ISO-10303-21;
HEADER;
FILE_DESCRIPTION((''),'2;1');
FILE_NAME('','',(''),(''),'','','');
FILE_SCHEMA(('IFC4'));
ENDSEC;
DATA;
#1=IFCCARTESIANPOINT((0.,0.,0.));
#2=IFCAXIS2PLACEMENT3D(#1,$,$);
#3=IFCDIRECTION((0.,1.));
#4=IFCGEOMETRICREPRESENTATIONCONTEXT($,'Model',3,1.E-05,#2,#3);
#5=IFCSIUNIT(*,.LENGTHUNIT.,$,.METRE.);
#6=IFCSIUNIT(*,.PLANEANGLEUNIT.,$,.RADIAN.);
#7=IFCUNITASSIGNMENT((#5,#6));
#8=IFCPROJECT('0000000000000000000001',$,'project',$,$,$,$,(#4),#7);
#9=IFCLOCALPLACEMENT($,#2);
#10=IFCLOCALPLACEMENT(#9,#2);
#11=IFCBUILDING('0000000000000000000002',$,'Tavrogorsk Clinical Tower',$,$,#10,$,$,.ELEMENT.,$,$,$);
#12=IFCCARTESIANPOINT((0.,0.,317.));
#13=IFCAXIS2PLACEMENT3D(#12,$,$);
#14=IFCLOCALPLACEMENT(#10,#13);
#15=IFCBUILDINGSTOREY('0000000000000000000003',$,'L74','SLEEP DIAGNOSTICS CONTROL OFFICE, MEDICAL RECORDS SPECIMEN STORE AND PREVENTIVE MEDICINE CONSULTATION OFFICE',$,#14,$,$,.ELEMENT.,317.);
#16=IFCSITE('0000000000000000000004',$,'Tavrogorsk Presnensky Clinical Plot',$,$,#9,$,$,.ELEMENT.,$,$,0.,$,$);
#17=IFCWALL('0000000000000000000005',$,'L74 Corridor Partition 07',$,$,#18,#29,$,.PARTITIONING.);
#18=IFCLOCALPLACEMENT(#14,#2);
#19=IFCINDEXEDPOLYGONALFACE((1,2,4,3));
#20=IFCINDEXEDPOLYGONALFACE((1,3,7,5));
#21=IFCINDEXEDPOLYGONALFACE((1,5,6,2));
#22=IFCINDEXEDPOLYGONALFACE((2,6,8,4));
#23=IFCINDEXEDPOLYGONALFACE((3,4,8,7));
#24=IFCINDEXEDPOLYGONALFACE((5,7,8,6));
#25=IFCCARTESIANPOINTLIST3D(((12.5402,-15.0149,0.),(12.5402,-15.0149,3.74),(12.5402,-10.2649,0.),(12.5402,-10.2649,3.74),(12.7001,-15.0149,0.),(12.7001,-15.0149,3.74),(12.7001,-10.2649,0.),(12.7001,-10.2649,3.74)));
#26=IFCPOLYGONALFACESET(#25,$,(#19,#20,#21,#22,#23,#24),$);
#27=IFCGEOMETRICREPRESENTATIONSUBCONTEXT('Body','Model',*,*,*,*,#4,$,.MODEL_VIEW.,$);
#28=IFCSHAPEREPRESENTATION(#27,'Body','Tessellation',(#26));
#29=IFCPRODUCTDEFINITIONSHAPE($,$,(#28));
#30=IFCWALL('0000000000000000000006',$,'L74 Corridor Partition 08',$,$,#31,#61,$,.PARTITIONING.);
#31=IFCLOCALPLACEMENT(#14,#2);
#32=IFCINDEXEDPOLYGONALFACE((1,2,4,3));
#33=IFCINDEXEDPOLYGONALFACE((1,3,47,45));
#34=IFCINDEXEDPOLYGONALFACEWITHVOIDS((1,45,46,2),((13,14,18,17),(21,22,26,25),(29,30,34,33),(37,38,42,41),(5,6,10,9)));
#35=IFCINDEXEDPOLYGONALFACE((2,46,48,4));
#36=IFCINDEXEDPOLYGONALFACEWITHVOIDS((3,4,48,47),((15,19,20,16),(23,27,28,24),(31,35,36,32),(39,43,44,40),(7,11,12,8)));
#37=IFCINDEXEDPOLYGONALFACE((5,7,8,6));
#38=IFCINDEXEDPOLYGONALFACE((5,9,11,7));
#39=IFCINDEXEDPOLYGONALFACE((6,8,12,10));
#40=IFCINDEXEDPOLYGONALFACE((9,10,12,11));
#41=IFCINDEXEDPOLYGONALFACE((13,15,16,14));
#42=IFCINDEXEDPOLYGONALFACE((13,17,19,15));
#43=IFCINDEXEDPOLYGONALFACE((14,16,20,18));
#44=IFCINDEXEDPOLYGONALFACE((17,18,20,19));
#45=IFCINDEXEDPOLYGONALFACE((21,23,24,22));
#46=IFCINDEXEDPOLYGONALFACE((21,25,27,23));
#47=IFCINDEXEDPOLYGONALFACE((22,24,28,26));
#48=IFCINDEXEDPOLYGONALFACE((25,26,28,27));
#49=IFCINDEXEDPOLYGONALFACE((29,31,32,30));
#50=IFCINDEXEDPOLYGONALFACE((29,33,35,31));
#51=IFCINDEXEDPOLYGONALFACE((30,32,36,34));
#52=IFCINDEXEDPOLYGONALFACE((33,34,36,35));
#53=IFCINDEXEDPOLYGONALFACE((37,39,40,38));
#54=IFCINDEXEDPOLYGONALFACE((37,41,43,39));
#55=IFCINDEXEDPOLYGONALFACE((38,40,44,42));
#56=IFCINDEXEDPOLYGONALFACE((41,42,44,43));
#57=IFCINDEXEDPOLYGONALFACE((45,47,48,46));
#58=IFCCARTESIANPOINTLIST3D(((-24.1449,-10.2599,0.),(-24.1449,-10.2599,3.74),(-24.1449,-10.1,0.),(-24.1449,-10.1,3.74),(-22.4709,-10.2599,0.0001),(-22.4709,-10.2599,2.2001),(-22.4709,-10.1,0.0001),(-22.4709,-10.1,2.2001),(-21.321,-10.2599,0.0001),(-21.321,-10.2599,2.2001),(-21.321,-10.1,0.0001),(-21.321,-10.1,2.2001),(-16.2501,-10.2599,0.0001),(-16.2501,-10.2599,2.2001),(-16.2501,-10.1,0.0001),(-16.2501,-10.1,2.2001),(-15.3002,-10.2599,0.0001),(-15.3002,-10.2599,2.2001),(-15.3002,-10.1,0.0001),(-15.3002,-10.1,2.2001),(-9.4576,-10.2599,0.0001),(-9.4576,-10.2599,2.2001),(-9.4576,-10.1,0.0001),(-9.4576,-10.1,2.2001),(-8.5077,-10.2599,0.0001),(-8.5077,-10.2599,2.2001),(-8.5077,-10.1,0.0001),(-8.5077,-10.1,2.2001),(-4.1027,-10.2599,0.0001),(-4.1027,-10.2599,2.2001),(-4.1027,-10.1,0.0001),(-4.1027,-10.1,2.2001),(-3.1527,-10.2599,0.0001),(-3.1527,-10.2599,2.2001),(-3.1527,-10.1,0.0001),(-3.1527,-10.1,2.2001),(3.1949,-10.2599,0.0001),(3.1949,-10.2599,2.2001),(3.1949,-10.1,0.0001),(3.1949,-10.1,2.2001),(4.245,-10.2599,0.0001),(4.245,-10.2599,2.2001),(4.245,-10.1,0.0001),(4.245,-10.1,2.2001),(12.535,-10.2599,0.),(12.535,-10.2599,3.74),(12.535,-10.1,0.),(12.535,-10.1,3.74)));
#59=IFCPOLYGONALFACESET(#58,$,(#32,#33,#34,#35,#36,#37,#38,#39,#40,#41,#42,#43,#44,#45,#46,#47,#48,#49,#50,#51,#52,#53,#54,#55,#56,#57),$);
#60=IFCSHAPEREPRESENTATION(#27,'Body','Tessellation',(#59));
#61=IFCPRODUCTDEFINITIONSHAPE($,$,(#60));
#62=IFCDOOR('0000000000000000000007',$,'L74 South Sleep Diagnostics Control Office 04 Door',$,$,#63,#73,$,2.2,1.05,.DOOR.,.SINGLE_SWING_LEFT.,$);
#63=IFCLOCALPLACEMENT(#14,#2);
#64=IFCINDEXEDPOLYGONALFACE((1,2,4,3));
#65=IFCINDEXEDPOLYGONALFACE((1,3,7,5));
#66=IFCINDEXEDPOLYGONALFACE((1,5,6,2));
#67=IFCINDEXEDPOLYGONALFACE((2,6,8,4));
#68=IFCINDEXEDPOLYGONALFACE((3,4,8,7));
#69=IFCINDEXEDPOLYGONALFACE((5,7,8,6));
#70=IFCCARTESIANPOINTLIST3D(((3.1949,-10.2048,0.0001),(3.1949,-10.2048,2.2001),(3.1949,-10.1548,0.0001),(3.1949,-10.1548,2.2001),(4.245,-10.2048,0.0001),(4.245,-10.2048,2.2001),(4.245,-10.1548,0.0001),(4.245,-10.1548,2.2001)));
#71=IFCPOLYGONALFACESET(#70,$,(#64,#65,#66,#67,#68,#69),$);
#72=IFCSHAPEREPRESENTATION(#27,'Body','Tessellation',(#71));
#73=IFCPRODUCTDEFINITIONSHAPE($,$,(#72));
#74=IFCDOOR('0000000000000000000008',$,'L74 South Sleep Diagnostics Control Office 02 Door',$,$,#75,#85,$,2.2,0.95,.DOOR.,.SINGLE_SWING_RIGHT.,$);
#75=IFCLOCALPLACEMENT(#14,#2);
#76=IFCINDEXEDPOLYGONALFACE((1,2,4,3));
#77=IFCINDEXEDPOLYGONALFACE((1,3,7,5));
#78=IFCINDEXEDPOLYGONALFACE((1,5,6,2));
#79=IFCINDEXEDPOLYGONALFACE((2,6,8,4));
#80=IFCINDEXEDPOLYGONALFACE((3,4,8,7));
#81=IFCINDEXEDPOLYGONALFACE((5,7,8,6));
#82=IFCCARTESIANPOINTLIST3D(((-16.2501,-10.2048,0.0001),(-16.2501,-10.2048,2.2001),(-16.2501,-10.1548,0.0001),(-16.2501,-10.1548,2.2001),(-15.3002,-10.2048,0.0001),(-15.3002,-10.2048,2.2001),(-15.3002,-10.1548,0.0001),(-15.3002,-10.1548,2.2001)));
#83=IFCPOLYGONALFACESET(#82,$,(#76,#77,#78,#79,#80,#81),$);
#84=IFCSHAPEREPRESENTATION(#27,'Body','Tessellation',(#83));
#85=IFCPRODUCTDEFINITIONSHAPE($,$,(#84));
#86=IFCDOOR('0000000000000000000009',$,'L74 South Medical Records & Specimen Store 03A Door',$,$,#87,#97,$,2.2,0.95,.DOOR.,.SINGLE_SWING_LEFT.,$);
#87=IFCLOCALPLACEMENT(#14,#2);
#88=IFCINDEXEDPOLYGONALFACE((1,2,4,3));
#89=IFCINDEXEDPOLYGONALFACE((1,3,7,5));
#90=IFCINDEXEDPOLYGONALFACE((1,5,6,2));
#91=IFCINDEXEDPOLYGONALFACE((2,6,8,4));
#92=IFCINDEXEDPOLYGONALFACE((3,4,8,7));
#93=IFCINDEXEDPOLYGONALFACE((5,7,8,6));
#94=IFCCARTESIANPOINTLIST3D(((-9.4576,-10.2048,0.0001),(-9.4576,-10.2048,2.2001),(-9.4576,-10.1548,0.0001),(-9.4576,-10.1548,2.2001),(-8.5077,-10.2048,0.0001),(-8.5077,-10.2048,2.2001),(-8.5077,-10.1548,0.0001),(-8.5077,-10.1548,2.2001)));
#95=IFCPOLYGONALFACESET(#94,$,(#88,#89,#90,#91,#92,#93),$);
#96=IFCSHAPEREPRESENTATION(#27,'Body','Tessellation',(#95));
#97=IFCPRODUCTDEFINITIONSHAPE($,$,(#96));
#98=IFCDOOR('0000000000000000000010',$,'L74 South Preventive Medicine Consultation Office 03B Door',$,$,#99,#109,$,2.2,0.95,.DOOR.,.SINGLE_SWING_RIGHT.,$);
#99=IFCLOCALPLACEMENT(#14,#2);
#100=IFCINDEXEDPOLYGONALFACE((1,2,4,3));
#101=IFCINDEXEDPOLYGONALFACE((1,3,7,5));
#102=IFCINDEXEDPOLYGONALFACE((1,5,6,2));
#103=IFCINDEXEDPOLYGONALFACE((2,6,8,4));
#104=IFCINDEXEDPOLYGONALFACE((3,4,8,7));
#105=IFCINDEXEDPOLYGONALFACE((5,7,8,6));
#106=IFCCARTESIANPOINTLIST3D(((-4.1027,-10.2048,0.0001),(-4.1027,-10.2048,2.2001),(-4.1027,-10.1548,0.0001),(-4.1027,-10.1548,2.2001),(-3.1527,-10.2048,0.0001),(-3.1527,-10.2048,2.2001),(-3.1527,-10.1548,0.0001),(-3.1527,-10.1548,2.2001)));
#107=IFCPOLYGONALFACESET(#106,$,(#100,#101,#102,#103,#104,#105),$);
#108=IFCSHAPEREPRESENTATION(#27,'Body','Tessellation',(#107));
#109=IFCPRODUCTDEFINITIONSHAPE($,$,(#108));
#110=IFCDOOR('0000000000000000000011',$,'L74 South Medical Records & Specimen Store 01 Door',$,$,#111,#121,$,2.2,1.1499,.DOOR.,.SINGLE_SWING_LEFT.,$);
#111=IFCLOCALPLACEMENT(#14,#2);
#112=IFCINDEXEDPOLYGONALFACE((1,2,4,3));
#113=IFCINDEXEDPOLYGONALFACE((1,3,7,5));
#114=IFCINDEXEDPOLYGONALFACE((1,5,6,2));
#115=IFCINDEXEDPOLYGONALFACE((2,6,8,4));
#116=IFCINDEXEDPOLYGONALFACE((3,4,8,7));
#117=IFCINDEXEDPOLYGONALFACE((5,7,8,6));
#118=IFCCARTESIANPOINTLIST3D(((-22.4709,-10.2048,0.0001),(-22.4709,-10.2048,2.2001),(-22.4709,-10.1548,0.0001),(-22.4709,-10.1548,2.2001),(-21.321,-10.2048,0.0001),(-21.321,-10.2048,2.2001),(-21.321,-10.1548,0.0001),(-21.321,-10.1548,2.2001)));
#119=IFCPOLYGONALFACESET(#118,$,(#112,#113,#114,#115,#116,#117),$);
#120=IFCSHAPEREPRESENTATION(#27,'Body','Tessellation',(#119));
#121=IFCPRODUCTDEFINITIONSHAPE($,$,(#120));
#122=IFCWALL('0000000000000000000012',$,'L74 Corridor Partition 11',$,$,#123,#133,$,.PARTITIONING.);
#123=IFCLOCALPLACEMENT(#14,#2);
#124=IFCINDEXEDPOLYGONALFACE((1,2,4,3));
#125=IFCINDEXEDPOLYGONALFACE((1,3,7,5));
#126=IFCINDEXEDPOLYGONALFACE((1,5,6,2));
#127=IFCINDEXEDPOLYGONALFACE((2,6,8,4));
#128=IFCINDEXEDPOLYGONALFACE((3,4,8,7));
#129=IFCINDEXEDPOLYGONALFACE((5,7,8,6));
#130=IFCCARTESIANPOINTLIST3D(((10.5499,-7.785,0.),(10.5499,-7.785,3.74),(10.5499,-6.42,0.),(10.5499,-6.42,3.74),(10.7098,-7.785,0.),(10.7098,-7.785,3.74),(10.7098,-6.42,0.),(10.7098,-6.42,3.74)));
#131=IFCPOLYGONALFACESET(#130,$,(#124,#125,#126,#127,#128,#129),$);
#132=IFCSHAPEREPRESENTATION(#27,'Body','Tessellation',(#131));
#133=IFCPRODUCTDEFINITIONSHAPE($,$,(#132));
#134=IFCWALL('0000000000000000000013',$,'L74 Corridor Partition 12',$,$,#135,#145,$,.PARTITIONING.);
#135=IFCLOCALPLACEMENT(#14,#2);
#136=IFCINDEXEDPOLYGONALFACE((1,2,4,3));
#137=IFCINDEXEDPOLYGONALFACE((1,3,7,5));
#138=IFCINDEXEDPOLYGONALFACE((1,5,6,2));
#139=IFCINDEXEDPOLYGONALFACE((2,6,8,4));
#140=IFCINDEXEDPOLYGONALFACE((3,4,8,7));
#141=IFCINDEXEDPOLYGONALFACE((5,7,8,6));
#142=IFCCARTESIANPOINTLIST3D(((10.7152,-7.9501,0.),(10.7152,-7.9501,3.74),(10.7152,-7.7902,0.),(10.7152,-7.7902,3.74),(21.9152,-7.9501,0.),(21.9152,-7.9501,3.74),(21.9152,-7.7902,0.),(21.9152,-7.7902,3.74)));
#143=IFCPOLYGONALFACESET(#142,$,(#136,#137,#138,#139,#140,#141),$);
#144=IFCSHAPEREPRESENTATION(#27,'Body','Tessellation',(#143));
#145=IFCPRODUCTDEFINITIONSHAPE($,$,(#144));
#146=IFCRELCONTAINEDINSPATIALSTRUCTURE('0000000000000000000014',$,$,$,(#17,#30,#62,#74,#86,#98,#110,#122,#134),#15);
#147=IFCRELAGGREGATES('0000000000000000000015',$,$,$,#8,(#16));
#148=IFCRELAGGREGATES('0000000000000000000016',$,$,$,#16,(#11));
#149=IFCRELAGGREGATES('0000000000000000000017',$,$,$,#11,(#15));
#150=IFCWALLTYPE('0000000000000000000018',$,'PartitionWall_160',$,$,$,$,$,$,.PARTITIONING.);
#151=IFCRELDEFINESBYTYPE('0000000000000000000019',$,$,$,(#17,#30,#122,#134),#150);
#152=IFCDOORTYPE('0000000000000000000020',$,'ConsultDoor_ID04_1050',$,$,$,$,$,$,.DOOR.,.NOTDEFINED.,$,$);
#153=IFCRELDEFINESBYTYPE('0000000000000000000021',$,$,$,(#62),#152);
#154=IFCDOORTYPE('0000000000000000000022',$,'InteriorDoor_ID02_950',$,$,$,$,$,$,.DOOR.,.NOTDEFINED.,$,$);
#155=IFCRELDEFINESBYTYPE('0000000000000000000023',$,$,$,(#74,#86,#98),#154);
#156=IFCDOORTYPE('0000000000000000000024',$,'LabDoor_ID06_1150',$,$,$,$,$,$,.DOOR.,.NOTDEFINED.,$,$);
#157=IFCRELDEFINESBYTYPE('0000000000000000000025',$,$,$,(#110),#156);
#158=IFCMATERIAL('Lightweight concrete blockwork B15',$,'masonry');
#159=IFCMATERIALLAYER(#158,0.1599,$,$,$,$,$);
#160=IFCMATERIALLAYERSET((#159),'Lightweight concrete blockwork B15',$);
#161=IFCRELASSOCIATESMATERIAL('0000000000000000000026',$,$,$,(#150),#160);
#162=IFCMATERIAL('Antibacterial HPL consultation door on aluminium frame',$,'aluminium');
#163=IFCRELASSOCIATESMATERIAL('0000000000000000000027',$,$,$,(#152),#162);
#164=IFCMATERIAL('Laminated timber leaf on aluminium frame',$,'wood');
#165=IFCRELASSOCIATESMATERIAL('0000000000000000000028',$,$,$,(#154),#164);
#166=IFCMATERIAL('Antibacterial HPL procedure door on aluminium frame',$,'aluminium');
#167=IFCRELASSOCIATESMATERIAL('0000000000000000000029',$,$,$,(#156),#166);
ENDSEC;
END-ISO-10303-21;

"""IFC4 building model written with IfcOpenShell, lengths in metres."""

from ifc_helpers import new_model, si_unit, direction, frame, frame_2d, origin, place, context, subcontext, project, spatial, rectangle, extrude, material, layer, layer_set, type_object, element, fill, save


model = new_model("IFC4")

# Units and contexts
model_context = context("Model", 3, precision=1e-05, world=origin(), true_north=direction((0.0, 1.0)))
body_context = subcontext(model_context, "Body", "Model", "MODEL_VIEW")
ifc_project = project(units=[si_unit("LENGTHUNIT", "METRE"), si_unit("PLANEANGLEUNIT", "RADIAN")], contexts=[model_context])

# Site, building, storey
site_placement = place(None, origin())
site = spatial("IfcSite", under=ifc_project, at=site_placement, Name="Tavrogorsk Presnensky Clinical Plot", CompositionType="ELEMENT", RefElevation=0.0)
building_placement = place(site_placement, origin())
building = spatial("IfcBuilding", under=site, at=building_placement, Name="Tavrogorsk Clinical Tower", CompositionType="ELEMENT")
storey_placement = place(building_placement, frame((0.0, 0.0, 317.0)))
storey = spatial("IfcBuildingStorey", under=building, at=storey_placement, Name="L74", Description="SLEEP DIAGNOSTICS CONTROL OFFICE, MEDICAL RECORDS SPECIMEN STORE AND PREVENTIVE MEDICINE CONSULTATION OFFICE", CompositionType="ELEMENT", Elevation=317.0)

# Wall
ifc_material_1 = material(Name="Lightweight concrete blockwork B15", Category="masonry")
ifc_layer_1 = layer(ifc_material_1, 0.1599)
ifc_layer_set_1 = layer_set([ifc_layer_1], Name="Lightweight concrete blockwork B15")
wall_type_1 = type_object("IfcWallType", Name="PartitionWall_160", PredefinedType="PARTITIONING", material=ifc_layer_set_1)
wall_1_placement = place(storey_placement, frame((12.6201, -15.0149, 0.0), z_axis=(0.0, 0.0, 1.0), x_axis=(0.0, 1.0, 0.0)))
element("IfcWall", 1, at=wall_1_placement, inside=storey, type_object=wall_type_1, Name="L74 Corridor Partition 07", PredefinedType="PARTITIONING", context=body_context, shape_type="SweptSolid", body=[
    extrude(rectangle(XDim=4.75, YDim=0.1599, at=frame_2d((2.375, 0.0))), origin(), (0.0, 0.0, 1.0), 3.74),
])

# Wall, openings, doors
wall_2_placement = place(storey_placement, frame((12.5349, -10.1799, 0.0), z_axis=(0.0, 0.0, 1.0), x_axis=(-1.0, 0.0, 0.0)))
wall_2 = element("IfcWall", 2, at=wall_2_placement, inside=storey, type_object=wall_type_1, Name="L74 Corridor Partition 08", PredefinedType="PARTITIONING", context=body_context, shape_type="SweptSolid", body=[
    extrude(rectangle(XDim=36.6799, YDim=0.1599, at=frame_2d((18.3398, 0.0))), origin(), (0.0, 0.0, 1.0), 3.74),
])
opening_1_placement = place(wall_2_placement, frame((33.856, 0.0, 0.0)))
opening_1 = element("IfcOpeningElement", 3, at=opening_1_placement, cuts=wall_2, PredefinedType="OPENING", context=body_context, shape_type="SweptSolid", body=[
    extrude(rectangle(XDim=1.1499, YDim=2.2, at=frame_2d((0.575, 1.1001))), frame((0.0, 0.0898, 0.0), z_axis=(0.0, -1.0, 0.0), x_axis=(1.0, 0.0, 0.0)), (0.0, 0.0, 1.0), 0.1799),
])
opening_2_placement = place(wall_2_placement, frame((27.835, 0.0, 0.0)))
opening_2 = element("IfcOpeningElement", 4, at=opening_2_placement, cuts=wall_2, PredefinedType="OPENING", context=body_context, shape_type="SweptSolid", body=[
    extrude(rectangle(XDim=0.95, YDim=2.2, at=frame_2d((0.4751, 1.1001))), frame((0.0, 0.0898, 0.0), z_axis=(0.0, -1.0, 0.0), x_axis=(1.0, 0.0, 0.0)), (0.0, 0.0, 1.0), 0.1799),
])
opening_3_placement = place(wall_2_placement, frame((21.0425, 0.0, 0.0)))
opening_3 = element("IfcOpeningElement", 5, at=opening_3_placement, cuts=wall_2, PredefinedType="OPENING", context=body_context, shape_type="SweptSolid", body=[
    extrude(rectangle(XDim=0.95, YDim=2.2, at=frame_2d((0.4751, 1.1001))), frame((0.0, 0.0898, 0.0), z_axis=(0.0, -1.0, 0.0), x_axis=(1.0, 0.0, 0.0)), (0.0, 0.0, 1.0), 0.1799),
])
opening_4_placement = place(wall_2_placement, frame((15.6875, 0.0, 0.0)))
opening_4 = element("IfcOpeningElement", 6, at=opening_4_placement, cuts=wall_2, PredefinedType="OPENING", context=body_context, shape_type="SweptSolid", body=[
    extrude(rectangle(XDim=0.95, YDim=2.2, at=frame_2d((0.4751, 1.1001))), frame((0.0, 0.0898, 0.0), z_axis=(0.0, -1.0, 0.0), x_axis=(1.0, 0.0, 0.0)), (0.0, 0.0, 1.0), 0.1799),
])
opening_5_placement = place(wall_2_placement, frame((8.29, 0.0, 0.0)))
opening_5 = element("IfcOpeningElement", 7, at=opening_5_placement, cuts=wall_2, PredefinedType="OPENING", context=body_context, shape_type="SweptSolid", body=[
    extrude(rectangle(XDim=1.05, YDim=2.2, at=frame_2d((0.5249, 1.1001))), frame((0.0, 0.0898, 0.0), z_axis=(0.0, -1.0, 0.0), x_axis=(1.0, 0.0, 0.0)), (0.0, 0.0, 1.0), 0.1799),
])
ifc_material_2 = material(Name="Antibacterial HPL consultation door on aluminium frame", Category="aluminium")
door_type_1 = type_object("IfcDoorType", Name="ConsultDoor_ID04_1050", OperationType="NOTDEFINED", PredefinedType="DOOR", material=ifc_material_2)
door_1_placement = place(opening_5_placement, origin())
door_1 = element("IfcDoor", 8, at=door_1_placement, inside=storey, type_object=door_type_1, Name="L74 South Sleep Diagnostics Control Office 04 Door", OperationType="SINGLE_SWING_LEFT", OverallHeight=2.2, OverallWidth=1.05, PredefinedType="DOOR", context=body_context, shape_type="SweptSolid", body=[
    extrude(rectangle(XDim=1.05, YDim=2.2, at=frame_2d((0.5249, 1.1001))), frame((0.0, 0.0249, 0.0), z_axis=(0.0, -1.0, 0.0), x_axis=(1.0, 0.0, 0.0)), (0.0, 0.0, 1.0), 0.05),
])
fill(opening_5, door_1)
ifc_material_3 = material(Name="Laminated timber leaf on aluminium frame", Category="wood")
door_type_2 = type_object("IfcDoorType", Name="InteriorDoor_ID02_950", OperationType="NOTDEFINED", PredefinedType="DOOR", material=ifc_material_3)
door_2_placement = place(opening_2_placement, origin())
door_2 = element("IfcDoor", 9, at=door_2_placement, inside=storey, type_object=door_type_2, Name="L74 South Sleep Diagnostics Control Office 02 Door", OperationType="SINGLE_SWING_RIGHT", OverallHeight=2.2, OverallWidth=0.95, PredefinedType="DOOR", context=body_context, shape_type="SweptSolid", body=[
    extrude(rectangle(XDim=0.95, YDim=2.2, at=frame_2d((0.4751, 1.1001))), frame((0.0, 0.0249, 0.0), z_axis=(0.0, -1.0, 0.0), x_axis=(1.0, 0.0, 0.0)), (0.0, 0.0, 1.0), 0.05),
])
fill(opening_2, door_2)
door_3_placement = place(opening_3_placement, origin())
door_3 = element("IfcDoor", 10, at=door_3_placement, inside=storey, type_object=door_type_2, Name="L74 South Medical Records & Specimen Store 03A Door", OperationType="SINGLE_SWING_LEFT", OverallHeight=2.2, OverallWidth=0.95, PredefinedType="DOOR", context=body_context, shape_type="SweptSolid", body=[
    extrude(rectangle(XDim=0.95, YDim=2.2, at=frame_2d((0.4751, 1.1001))), frame((0.0, 0.0249, 0.0), z_axis=(0.0, -1.0, 0.0), x_axis=(1.0, 0.0, 0.0)), (0.0, 0.0, 1.0), 0.05),
])
fill(opening_3, door_3)
door_4_placement = place(opening_4_placement, origin())
door_4 = element("IfcDoor", 11, at=door_4_placement, inside=storey, type_object=door_type_2, Name="L74 South Preventive Medicine Consultation Office 03B Door", OperationType="SINGLE_SWING_RIGHT", OverallHeight=2.2, OverallWidth=0.95, PredefinedType="DOOR", context=body_context, shape_type="SweptSolid", body=[
    extrude(rectangle(XDim=0.95, YDim=2.2, at=frame_2d((0.4751, 1.1001))), frame((0.0, 0.0249, 0.0), z_axis=(0.0, -1.0, 0.0), x_axis=(1.0, 0.0, 0.0)), (0.0, 0.0, 1.0), 0.05),
])
fill(opening_4, door_4)
ifc_material_4 = material(Name="Antibacterial HPL procedure door on aluminium frame", Category="aluminium")
door_type_3 = type_object("IfcDoorType", Name="LabDoor_ID06_1150", OperationType="NOTDEFINED", PredefinedType="DOOR", material=ifc_material_4)
door_5_placement = place(opening_1_placement, origin())
door_5 = element("IfcDoor", 12, at=door_5_placement, inside=storey, type_object=door_type_3, Name="L74 South Medical Records & Specimen Store 01 Door", OperationType="SINGLE_SWING_LEFT", OverallHeight=2.2, OverallWidth=1.1499, PredefinedType="DOOR", context=body_context, shape_type="SweptSolid", body=[
    extrude(rectangle(XDim=1.1499, YDim=2.2, at=frame_2d((0.575, 1.1001))), frame((0.0, 0.0249, 0.0), z_axis=(0.0, -1.0, 0.0), x_axis=(1.0, 0.0, 0.0)), (0.0, 0.0, 1.0), 0.05),
])
fill(opening_1, door_5)

# Walls
wall_3_placement = place(storey_placement, frame((10.6299, -6.4199, 0.0), z_axis=(0.0, 0.0, 1.0), x_axis=(0.0, -1.0, 0.0)))
element("IfcWall", 13, at=wall_3_placement, inside=storey, type_object=wall_type_1, Name="L74 Corridor Partition 11", PredefinedType="PARTITIONING", context=body_context, shape_type="SweptSolid", body=[
    extrude(rectangle(XDim=1.365, YDim=0.1599, at=frame_2d((0.6826, 0.0))), origin(), (0.0, 0.0, 1.0), 3.74),
])
wall_4_placement = place(storey_placement, frame((10.7151, -7.8701, 0.0), z_axis=(0.0, 0.0, 1.0), x_axis=(1.0, 0.0, 0.0)))
element("IfcWall", 14, at=wall_4_placement, inside=storey, type_object=wall_type_1, Name="L74 Corridor Partition 12", PredefinedType="PARTITIONING", context=body_context, shape_type="SweptSolid", body=[
    extrude(rectangle(XDim=11.2, YDim=0.1599, at=frame_2d((5.6001, 0.0))), origin(), (0.0, 0.0, 1.0), 3.74),
])

save(model, "model.ifc")
